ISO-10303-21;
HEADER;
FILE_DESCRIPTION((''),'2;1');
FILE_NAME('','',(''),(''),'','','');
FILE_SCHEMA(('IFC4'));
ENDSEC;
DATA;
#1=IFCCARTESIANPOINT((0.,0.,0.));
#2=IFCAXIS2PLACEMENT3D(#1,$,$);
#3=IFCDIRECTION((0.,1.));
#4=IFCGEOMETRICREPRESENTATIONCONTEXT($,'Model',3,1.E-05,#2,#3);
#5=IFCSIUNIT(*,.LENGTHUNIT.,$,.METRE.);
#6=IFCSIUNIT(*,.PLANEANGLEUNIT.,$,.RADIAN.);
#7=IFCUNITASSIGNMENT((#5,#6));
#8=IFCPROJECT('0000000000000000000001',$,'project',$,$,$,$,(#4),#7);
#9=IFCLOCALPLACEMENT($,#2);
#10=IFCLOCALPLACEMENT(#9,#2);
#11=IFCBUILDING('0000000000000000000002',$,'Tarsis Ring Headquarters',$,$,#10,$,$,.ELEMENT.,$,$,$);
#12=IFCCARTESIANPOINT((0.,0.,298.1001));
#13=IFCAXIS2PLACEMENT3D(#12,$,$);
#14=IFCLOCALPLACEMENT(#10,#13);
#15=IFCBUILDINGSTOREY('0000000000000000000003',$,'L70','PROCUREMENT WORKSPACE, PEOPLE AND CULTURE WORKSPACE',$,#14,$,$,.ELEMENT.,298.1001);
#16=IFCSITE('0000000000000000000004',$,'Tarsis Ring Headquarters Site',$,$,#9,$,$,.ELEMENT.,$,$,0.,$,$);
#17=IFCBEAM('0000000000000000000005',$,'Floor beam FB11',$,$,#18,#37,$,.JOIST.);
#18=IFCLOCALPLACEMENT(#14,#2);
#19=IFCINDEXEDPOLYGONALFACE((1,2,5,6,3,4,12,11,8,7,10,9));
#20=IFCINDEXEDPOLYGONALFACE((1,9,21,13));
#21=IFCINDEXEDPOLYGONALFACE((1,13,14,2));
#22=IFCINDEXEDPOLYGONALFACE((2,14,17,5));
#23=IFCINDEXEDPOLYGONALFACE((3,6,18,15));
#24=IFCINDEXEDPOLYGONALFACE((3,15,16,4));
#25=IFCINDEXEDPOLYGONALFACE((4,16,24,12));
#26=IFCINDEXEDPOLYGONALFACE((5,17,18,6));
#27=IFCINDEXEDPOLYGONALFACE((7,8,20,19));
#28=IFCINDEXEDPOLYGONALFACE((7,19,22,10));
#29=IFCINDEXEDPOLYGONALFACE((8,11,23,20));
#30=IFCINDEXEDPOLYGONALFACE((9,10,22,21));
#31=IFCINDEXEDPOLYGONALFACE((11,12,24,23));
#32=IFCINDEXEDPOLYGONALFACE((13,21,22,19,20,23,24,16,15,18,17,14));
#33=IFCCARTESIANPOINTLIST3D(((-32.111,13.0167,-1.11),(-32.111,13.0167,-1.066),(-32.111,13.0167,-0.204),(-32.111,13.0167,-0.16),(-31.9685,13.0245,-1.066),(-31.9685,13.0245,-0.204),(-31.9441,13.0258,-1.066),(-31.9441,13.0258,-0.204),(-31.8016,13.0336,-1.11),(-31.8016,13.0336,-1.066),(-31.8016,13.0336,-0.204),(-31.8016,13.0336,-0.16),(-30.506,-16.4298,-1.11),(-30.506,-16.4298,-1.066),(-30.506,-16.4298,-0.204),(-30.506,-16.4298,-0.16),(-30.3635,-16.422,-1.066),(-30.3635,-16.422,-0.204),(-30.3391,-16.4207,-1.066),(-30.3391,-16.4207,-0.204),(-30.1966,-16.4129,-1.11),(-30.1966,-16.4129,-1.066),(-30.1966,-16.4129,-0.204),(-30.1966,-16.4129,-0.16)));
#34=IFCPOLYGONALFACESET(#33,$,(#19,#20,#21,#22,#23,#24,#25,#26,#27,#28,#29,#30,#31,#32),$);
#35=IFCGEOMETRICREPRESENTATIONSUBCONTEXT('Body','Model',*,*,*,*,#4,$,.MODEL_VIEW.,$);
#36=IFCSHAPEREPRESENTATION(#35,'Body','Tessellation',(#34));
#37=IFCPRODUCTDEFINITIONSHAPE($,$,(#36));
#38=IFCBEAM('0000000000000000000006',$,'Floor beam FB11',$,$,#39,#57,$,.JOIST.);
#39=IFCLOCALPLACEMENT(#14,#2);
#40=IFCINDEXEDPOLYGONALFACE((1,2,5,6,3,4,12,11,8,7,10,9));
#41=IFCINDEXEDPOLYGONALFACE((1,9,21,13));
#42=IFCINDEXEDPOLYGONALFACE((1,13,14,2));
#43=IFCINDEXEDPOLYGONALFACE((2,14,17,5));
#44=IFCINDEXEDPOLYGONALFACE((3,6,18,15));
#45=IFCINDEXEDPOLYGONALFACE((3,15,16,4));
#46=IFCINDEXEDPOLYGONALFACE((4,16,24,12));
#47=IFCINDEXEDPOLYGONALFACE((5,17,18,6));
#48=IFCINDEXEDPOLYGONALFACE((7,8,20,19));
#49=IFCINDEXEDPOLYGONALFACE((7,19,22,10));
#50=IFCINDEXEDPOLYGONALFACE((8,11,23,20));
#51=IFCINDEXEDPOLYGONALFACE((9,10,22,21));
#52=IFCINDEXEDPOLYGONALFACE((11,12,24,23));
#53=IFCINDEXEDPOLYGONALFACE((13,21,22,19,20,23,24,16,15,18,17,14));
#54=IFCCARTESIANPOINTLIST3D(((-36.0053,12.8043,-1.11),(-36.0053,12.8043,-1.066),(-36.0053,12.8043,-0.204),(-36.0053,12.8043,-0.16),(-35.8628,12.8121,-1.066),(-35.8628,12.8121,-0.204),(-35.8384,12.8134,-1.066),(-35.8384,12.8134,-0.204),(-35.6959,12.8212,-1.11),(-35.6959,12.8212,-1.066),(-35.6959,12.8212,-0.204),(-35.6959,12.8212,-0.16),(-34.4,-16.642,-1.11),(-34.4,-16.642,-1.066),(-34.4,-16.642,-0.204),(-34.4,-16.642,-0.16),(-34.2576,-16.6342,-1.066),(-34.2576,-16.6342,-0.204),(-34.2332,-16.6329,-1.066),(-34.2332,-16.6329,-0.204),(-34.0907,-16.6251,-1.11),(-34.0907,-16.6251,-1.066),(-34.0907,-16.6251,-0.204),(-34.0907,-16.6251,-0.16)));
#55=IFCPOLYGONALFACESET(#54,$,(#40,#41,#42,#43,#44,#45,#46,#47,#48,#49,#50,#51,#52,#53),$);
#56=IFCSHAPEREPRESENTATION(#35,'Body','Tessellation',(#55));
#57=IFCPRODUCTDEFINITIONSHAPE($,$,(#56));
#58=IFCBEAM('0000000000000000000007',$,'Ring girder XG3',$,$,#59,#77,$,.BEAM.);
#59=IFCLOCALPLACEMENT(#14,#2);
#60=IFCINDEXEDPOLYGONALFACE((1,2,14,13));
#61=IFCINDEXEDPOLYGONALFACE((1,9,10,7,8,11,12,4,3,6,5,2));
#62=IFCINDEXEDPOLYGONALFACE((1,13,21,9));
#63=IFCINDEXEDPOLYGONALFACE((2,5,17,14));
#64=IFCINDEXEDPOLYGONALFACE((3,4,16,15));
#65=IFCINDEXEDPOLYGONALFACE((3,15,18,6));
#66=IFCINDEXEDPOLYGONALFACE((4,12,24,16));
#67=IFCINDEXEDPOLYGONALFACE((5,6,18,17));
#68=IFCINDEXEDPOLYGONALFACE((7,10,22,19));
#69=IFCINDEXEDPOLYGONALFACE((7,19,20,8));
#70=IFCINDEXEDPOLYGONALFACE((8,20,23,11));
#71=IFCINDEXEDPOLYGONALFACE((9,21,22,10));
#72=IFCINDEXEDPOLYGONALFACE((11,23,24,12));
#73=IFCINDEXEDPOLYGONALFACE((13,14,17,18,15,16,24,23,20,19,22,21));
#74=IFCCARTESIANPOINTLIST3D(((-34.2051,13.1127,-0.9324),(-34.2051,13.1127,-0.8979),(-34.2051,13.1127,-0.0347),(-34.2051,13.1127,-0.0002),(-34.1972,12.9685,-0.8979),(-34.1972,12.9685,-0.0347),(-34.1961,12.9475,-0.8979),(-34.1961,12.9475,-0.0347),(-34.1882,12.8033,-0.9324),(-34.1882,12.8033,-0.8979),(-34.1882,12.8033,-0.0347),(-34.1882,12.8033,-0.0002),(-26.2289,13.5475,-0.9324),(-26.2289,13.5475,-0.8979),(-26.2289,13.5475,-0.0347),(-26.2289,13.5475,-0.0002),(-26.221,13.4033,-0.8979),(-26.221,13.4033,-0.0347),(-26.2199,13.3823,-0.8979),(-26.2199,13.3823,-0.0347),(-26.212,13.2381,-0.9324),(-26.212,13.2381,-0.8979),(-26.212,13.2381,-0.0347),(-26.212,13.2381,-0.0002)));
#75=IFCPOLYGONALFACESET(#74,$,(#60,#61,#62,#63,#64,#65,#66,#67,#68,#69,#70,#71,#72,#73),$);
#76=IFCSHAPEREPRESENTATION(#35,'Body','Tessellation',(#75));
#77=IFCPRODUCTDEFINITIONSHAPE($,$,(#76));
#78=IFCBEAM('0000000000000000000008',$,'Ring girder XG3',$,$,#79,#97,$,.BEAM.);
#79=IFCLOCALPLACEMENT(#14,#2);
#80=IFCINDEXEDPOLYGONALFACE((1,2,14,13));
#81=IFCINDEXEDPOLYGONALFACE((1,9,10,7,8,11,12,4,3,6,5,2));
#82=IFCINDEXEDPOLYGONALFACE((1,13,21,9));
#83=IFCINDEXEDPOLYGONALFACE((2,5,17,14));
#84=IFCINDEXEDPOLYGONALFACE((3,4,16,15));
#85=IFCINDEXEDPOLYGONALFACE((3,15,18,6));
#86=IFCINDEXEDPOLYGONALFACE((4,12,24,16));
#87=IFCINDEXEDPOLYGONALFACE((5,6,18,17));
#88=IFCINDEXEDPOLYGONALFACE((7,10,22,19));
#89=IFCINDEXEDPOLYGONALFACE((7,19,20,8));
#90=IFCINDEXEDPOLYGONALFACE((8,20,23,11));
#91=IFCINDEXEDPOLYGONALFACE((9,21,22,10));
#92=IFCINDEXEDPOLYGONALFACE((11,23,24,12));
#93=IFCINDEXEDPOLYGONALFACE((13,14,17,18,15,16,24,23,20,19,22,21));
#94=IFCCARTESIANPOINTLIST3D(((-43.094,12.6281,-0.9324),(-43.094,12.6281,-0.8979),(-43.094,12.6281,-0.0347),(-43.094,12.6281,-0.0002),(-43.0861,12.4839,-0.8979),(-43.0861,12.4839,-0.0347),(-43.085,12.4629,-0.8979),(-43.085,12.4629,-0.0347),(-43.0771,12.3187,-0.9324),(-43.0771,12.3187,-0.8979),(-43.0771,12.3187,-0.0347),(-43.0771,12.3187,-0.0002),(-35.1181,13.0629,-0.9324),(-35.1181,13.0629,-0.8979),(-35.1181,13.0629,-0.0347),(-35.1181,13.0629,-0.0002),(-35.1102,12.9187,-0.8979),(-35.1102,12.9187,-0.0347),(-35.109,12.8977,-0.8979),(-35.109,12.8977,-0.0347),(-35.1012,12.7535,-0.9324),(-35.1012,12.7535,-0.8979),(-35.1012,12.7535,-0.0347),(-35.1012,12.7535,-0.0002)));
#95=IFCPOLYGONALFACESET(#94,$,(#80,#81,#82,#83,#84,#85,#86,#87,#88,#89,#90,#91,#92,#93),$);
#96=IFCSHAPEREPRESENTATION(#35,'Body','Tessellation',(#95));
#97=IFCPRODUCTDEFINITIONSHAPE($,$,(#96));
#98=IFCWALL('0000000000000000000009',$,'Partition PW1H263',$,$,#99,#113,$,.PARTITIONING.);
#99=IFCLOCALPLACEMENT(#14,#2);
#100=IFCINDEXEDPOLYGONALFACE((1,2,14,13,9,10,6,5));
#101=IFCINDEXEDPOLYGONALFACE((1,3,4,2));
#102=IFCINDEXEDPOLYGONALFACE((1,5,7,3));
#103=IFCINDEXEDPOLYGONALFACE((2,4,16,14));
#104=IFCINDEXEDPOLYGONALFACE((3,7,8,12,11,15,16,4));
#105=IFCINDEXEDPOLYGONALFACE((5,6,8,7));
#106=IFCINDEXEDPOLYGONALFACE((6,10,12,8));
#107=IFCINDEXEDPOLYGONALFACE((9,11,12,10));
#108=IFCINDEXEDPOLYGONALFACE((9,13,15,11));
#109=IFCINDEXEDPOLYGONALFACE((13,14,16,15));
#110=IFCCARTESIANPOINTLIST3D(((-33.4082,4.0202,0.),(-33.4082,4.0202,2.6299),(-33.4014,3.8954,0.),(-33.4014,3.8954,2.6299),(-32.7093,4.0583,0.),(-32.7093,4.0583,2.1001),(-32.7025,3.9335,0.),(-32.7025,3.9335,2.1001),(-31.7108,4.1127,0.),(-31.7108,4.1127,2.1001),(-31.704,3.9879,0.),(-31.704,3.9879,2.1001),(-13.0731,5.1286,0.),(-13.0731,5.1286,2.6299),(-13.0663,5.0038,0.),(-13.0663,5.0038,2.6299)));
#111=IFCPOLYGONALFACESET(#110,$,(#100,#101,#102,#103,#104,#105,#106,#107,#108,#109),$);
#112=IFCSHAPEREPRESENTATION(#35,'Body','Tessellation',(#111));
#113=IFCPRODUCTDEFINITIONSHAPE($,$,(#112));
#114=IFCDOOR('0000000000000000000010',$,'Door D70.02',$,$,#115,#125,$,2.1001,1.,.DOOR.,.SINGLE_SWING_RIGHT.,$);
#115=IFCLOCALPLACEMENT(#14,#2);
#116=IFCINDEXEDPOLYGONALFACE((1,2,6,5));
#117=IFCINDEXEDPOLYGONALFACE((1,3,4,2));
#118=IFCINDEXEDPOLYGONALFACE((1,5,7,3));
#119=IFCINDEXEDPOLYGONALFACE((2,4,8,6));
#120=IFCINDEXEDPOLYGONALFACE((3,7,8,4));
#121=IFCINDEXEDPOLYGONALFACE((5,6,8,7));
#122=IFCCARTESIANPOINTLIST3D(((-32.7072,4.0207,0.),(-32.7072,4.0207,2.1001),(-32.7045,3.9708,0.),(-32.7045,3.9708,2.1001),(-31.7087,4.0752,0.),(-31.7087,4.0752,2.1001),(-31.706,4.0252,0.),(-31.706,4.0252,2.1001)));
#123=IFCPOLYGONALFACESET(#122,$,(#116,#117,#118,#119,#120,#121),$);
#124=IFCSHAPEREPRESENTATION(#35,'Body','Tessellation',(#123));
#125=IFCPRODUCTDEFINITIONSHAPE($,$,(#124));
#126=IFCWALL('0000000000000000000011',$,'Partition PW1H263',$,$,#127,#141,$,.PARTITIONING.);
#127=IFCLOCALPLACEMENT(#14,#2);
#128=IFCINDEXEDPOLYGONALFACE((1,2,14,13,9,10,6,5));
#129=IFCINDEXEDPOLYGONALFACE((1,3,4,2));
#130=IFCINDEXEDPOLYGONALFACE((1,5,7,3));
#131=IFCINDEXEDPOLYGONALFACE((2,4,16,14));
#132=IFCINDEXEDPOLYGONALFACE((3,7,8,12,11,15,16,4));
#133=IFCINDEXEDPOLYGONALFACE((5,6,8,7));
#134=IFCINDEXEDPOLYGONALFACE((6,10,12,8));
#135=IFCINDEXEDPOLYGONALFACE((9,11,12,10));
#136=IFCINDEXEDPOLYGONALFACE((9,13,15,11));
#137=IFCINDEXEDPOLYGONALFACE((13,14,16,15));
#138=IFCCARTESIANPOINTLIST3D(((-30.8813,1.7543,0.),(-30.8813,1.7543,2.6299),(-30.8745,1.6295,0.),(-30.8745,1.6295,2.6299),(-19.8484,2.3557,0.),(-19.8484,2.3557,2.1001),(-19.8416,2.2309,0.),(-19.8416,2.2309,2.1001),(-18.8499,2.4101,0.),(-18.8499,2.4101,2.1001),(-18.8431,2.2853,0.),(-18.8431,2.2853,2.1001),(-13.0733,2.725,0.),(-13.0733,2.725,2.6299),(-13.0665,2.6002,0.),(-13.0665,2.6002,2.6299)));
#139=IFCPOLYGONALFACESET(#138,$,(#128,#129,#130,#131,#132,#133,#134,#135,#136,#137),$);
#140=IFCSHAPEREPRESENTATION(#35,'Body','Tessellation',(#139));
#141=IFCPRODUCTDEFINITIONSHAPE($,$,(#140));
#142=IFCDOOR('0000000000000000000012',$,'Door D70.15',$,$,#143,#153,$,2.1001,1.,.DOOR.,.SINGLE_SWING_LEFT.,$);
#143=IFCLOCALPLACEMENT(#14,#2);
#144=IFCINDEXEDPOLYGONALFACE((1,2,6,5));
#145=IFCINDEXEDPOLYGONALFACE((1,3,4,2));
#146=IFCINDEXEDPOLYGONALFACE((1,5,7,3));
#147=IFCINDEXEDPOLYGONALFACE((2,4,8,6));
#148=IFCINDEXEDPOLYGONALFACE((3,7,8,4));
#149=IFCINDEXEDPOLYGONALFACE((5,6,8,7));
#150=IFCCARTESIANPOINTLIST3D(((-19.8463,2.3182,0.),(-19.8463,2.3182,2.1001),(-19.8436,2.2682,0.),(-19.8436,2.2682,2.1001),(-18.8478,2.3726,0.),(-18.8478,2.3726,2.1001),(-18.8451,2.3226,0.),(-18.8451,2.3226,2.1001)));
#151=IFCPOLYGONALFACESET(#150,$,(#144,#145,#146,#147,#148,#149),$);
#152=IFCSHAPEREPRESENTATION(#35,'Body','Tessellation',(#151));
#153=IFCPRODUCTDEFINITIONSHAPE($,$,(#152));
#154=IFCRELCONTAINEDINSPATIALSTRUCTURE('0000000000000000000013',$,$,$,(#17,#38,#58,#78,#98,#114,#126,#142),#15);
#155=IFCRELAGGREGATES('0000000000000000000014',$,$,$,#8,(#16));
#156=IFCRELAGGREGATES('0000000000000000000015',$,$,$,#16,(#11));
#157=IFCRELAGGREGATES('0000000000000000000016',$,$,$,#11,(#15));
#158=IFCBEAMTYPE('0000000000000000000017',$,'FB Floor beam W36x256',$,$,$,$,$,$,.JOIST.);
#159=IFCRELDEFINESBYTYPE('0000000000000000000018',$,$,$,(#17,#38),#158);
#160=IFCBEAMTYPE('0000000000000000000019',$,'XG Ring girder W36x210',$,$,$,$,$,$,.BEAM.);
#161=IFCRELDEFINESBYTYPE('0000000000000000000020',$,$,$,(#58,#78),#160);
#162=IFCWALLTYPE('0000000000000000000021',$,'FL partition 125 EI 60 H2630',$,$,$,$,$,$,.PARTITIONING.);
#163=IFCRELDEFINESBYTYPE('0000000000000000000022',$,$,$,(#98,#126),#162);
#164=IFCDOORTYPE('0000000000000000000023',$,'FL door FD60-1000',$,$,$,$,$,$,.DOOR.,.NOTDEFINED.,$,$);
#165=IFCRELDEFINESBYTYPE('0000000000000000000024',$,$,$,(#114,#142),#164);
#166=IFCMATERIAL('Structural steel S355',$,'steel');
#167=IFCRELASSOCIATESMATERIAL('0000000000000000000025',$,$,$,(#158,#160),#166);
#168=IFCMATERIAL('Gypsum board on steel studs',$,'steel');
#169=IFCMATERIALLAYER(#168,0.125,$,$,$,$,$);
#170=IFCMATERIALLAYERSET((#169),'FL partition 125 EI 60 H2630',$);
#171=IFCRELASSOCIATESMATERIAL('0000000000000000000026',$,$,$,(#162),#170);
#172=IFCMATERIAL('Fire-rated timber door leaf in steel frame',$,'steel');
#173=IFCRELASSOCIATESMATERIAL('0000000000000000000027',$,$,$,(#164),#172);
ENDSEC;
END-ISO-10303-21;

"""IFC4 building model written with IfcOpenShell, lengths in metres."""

from ifc_helpers import new_model, si_unit, direction, frame, frame_2d, origin, origin_2d, place, context, subcontext, project, spatial, rectangle, i_section, extrude, material, layer, layer_set, material_profile, profile_set, type_object, element, fill, save


model = new_model("IFC4")

# Units and contexts
model_context = context("Model", 3, precision=1e-05, world=origin(), true_north=direction((0.0, 1.0)))
body_context = subcontext(model_context, "Body", "Model", "MODEL_VIEW")
ifc_project = project(units=[si_unit("LENGTHUNIT", "METRE"), si_unit("PLANEANGLEUNIT", "RADIAN")], contexts=[model_context])

# Site, building, storey
site_placement = place(None, origin())
site = spatial("IfcSite", under=ifc_project, at=site_placement, Name="Tarsis Ring Headquarters Site", CompositionType="ELEMENT", RefElevation=0.0)
building_placement = place(site_placement, origin())
building = spatial("IfcBuilding", under=site, at=building_placement, Name="Tarsis Ring Headquarters", CompositionType="ELEMENT")
storey_placement = place(building_placement, frame((0.0, 0.0, 298.1001)))
storey = spatial("IfcBuildingStorey", under=building, at=storey_placement, Name="L70", Description="PROCUREMENT WORKSPACE, PEOPLE AND CULTURE WORKSPACE", CompositionType="ELEMENT", Elevation=298.1001)

# Shared definitions
ifc_material_1 = material(Name="Structural steel S355", Category="steel")

# Beams
ifc_material_profile_1 = material_profile(ifc_material_1, i_section(OverallWidth=0.3098, OverallDepth=0.95, WebThickness=0.0244, FlangeThickness=0.0439, at=origin_2d()), Name="W36x256")
ifc_profile_set_1 = profile_set([ifc_material_profile_1], Name="Structural steel S355")
beam_type_1 = type_object("IfcBeamType", Name="FB Floor beam W36x256", PredefinedType="JOIST", material=ifc_profile_set_1)
beam_1_placement = place(storey_placement, frame((-31.9563, 13.0251, -0.635), z_axis=(0.054424, -0.998518, 0.0), x_axis=(0.998518, 0.054424, 0.0)))
element("IfcBeam", 1, at=beam_1_placement, inside=storey, type_object=beam_type_1, Name="Floor beam FB11", PredefinedType="JOIST", context=body_context, shape_type="SweptSolid", body=[
    extrude(i_section(OverallWidth=0.3098, OverallDepth=0.95, WebThickness=0.0244, FlangeThickness=0.0439, at=origin_2d()), origin(), (0.0, 0.0, 1.0), 29.4902),
])
beam_2_placement = place(storey_placement, frame((-35.8506, 12.8127, -0.635), z_axis=(0.054433, -0.998517, 0.0), x_axis=(0.998517, 0.054433, 0.0)))
element("IfcBeam", 2, at=beam_2_placement, inside=storey, type_object=beam_type_1, Name="Floor beam FB11", PredefinedType="JOIST", context=body_context, shape_type="SweptSolid", body=[
    extrude(i_section(OverallWidth=0.3098, OverallDepth=0.95, WebThickness=0.0244, FlangeThickness=0.0439, at=origin_2d()), origin(), (0.0, 0.0, 1.0), 29.49),
])
ifc_material_profile_2 = material_profile(ifc_material_1, i_section(OverallWidth=0.3098, OverallDepth=0.9321, WebThickness=0.021, FlangeThickness=0.0344, at=origin_2d()), Name="W36x210")
ifc_profile_set_2 = profile_set([ifc_material_profile_2], Name="Structural steel S355")
beam_type_2 = type_object("IfcBeamType", Name="XG Ring girder W36x210", PredefinedType="BEAM", material=ifc_profile_set_2)
beam_3_placement = place(storey_placement, frame((-26.2205, 13.3928, -0.4663), z_axis=(-0.998517, -0.054434, 0.0), x_axis=(0.054434, -0.998517, 0.0)))
element("IfcBeam", 3, at=beam_3_placement, inside=storey, type_object=beam_type_2, Name="Ring girder XG3", PredefinedType="BEAM", context=body_context, shape_type="SweptSolid", body=[
    extrude(i_section(OverallWidth=0.3098, OverallDepth=0.9321, WebThickness=0.021, FlangeThickness=0.0344, at=origin_2d()), origin(), (0.0, 0.0, 1.0), 7.988),
])
beam_4_placement = place(storey_placement, frame((-35.1096, 12.9082, -0.4663), z_axis=(-0.998517, -0.054436, 0.0), x_axis=(0.054436, -0.998517, 0.0)))
element("IfcBeam", 4, at=beam_4_placement, inside=storey, type_object=beam_type_2, Name="Ring girder XG3", PredefinedType="BEAM", context=body_context, shape_type="SweptSolid", body=[
    extrude(i_section(OverallWidth=0.3098, OverallDepth=0.9321, WebThickness=0.021, FlangeThickness=0.0344, at=origin_2d()), origin(), (0.0, 0.0, 1.0), 7.9878),
])

# Walls, openings, doors
ifc_material_2 = material(Name="Gypsum board on steel studs", Category="steel")
ifc_layer_1 = layer(ifc_material_2, 0.125)
ifc_layer_set_1 = layer_set([ifc_layer_1], Name="FL partition 125 EI 60 H2630")
wall_type_1 = type_object("IfcWallType", Name="FL partition 125 EI 60 H2630", PredefinedType="PARTITIONING", material=ifc_layer_set_1)
wall_1_placement = place(storey_placement, frame((-33.4048, 3.9578, 0.0), z_axis=(0.0, 0.0, 1.0), x_axis=(0.998518, 0.054426, 0.0)))
wall_1 = element("IfcWall", 5, at=wall_1_placement, inside=storey, type_object=wall_type_1, Name="Partition PW1H263", PredefinedType="PARTITIONING", context=body_context, shape_type="SweptSolid", body=[
    extrude(rectangle(XDim=20.3652, YDim=0.125, at=frame_2d((10.1826, 0.0))), origin(), (0.0, 0.0, 1.0), 2.6299),
])
opening_1_placement = place(wall_1_placement, frame((0.7, 0.0, 0.0)))
opening_1 = element("IfcOpeningElement", 6, at=opening_1_placement, cuts=wall_1, PredefinedType="OPENING", context=body_context, shape_type="SweptSolid", body=[
    extrude(rectangle(XDim=1.0, YDim=2.1001, at=frame_2d((0.5, 1.05))), frame((0.0, 0.0725, 0.0), z_axis=(0.0, -1.0, 0.0), x_axis=(1.0, 0.0, 0.0)), (0.0, 0.0, 1.0), 0.145),
])
ifc_material_3 = material(Name="Fire-rated timber door leaf in steel frame", Category="steel")
door_type = type_object("IfcDoorType", Name="FL door FD60-1000", OperationType="NOTDEFINED", PredefinedType="DOOR", material=ifc_material_3)
door_1_placement = place(opening_1_placement, origin())
door_1 = element("IfcDoor", 7, at=door_1_placement, inside=storey, type_object=door_type, Name="Door D70.02", OperationType="SINGLE_SWING_RIGHT", OverallHeight=2.1001, OverallWidth=1.0, PredefinedType="DOOR", context=body_context, shape_type="SweptSolid", body=[
    extrude(rectangle(XDim=1.0, YDim=2.1001, at=frame_2d((0.5, 1.05))), frame((0.0, 0.0249, 0.0), z_axis=(0.0, -1.0, 0.0), x_axis=(1.0, 0.0, 0.0)), (0.0, 0.0, 1.0), 0.05),
])
fill(opening_1, door_1)
wall_2_placement = place(storey_placement, frame((-30.8779, 1.6919, 0.0), z_axis=(0.0, 0.0, 1.0), x_axis=(0.998518, 0.054428, 0.0)))
wall_2 = element("IfcWall", 8, at=wall_2_placement, inside=storey, type_object=wall_type_1, Name="Partition PW1H263", PredefinedType="PARTITIONING", context=body_context, shape_type="SweptSolid", body=[
    extrude(rectangle(XDim=17.8345, YDim=0.125, at=frame_2d((8.9172, 0.0))), origin(), (0.0, 0.0, 1.0), 2.6299),
])
opening_2_placement = place(wall_2_placement, frame((11.0493, 0.0, 0.0)))
opening_2 = element("IfcOpeningElement", 9, at=opening_2_placement, cuts=wall_2, PredefinedType="OPENING", context=body_context, shape_type="SweptSolid", body=[
    extrude(rectangle(XDim=1.0, YDim=2.1001, at=frame_2d((0.5, 1.05))), frame((0.0, 0.0725, 0.0), z_axis=(0.0, -1.0, 0.0), x_axis=(1.0, 0.0, 0.0)), (0.0, 0.0, 1.0), 0.145),
])
door_2_placement = place(opening_2_placement, origin())
door_2 = element("IfcDoor", 10, at=door_2_placement, inside=storey, type_object=door_type, Name="Door D70.15", OperationType="SINGLE_SWING_LEFT", OverallHeight=2.1001, OverallWidth=1.0, PredefinedType="DOOR", context=body_context, shape_type="SweptSolid", body=[
    extrude(rectangle(XDim=1.0, YDim=2.1001, at=frame_2d((0.5, 1.05))), frame((0.0, 0.0249, 0.0), z_axis=(0.0, -1.0, 0.0), x_axis=(1.0, 0.0, 0.0)), (0.0, 0.0, 1.0), 0.05),
])
fill(opening_2, door_2)

save(model, "model.ifc")
